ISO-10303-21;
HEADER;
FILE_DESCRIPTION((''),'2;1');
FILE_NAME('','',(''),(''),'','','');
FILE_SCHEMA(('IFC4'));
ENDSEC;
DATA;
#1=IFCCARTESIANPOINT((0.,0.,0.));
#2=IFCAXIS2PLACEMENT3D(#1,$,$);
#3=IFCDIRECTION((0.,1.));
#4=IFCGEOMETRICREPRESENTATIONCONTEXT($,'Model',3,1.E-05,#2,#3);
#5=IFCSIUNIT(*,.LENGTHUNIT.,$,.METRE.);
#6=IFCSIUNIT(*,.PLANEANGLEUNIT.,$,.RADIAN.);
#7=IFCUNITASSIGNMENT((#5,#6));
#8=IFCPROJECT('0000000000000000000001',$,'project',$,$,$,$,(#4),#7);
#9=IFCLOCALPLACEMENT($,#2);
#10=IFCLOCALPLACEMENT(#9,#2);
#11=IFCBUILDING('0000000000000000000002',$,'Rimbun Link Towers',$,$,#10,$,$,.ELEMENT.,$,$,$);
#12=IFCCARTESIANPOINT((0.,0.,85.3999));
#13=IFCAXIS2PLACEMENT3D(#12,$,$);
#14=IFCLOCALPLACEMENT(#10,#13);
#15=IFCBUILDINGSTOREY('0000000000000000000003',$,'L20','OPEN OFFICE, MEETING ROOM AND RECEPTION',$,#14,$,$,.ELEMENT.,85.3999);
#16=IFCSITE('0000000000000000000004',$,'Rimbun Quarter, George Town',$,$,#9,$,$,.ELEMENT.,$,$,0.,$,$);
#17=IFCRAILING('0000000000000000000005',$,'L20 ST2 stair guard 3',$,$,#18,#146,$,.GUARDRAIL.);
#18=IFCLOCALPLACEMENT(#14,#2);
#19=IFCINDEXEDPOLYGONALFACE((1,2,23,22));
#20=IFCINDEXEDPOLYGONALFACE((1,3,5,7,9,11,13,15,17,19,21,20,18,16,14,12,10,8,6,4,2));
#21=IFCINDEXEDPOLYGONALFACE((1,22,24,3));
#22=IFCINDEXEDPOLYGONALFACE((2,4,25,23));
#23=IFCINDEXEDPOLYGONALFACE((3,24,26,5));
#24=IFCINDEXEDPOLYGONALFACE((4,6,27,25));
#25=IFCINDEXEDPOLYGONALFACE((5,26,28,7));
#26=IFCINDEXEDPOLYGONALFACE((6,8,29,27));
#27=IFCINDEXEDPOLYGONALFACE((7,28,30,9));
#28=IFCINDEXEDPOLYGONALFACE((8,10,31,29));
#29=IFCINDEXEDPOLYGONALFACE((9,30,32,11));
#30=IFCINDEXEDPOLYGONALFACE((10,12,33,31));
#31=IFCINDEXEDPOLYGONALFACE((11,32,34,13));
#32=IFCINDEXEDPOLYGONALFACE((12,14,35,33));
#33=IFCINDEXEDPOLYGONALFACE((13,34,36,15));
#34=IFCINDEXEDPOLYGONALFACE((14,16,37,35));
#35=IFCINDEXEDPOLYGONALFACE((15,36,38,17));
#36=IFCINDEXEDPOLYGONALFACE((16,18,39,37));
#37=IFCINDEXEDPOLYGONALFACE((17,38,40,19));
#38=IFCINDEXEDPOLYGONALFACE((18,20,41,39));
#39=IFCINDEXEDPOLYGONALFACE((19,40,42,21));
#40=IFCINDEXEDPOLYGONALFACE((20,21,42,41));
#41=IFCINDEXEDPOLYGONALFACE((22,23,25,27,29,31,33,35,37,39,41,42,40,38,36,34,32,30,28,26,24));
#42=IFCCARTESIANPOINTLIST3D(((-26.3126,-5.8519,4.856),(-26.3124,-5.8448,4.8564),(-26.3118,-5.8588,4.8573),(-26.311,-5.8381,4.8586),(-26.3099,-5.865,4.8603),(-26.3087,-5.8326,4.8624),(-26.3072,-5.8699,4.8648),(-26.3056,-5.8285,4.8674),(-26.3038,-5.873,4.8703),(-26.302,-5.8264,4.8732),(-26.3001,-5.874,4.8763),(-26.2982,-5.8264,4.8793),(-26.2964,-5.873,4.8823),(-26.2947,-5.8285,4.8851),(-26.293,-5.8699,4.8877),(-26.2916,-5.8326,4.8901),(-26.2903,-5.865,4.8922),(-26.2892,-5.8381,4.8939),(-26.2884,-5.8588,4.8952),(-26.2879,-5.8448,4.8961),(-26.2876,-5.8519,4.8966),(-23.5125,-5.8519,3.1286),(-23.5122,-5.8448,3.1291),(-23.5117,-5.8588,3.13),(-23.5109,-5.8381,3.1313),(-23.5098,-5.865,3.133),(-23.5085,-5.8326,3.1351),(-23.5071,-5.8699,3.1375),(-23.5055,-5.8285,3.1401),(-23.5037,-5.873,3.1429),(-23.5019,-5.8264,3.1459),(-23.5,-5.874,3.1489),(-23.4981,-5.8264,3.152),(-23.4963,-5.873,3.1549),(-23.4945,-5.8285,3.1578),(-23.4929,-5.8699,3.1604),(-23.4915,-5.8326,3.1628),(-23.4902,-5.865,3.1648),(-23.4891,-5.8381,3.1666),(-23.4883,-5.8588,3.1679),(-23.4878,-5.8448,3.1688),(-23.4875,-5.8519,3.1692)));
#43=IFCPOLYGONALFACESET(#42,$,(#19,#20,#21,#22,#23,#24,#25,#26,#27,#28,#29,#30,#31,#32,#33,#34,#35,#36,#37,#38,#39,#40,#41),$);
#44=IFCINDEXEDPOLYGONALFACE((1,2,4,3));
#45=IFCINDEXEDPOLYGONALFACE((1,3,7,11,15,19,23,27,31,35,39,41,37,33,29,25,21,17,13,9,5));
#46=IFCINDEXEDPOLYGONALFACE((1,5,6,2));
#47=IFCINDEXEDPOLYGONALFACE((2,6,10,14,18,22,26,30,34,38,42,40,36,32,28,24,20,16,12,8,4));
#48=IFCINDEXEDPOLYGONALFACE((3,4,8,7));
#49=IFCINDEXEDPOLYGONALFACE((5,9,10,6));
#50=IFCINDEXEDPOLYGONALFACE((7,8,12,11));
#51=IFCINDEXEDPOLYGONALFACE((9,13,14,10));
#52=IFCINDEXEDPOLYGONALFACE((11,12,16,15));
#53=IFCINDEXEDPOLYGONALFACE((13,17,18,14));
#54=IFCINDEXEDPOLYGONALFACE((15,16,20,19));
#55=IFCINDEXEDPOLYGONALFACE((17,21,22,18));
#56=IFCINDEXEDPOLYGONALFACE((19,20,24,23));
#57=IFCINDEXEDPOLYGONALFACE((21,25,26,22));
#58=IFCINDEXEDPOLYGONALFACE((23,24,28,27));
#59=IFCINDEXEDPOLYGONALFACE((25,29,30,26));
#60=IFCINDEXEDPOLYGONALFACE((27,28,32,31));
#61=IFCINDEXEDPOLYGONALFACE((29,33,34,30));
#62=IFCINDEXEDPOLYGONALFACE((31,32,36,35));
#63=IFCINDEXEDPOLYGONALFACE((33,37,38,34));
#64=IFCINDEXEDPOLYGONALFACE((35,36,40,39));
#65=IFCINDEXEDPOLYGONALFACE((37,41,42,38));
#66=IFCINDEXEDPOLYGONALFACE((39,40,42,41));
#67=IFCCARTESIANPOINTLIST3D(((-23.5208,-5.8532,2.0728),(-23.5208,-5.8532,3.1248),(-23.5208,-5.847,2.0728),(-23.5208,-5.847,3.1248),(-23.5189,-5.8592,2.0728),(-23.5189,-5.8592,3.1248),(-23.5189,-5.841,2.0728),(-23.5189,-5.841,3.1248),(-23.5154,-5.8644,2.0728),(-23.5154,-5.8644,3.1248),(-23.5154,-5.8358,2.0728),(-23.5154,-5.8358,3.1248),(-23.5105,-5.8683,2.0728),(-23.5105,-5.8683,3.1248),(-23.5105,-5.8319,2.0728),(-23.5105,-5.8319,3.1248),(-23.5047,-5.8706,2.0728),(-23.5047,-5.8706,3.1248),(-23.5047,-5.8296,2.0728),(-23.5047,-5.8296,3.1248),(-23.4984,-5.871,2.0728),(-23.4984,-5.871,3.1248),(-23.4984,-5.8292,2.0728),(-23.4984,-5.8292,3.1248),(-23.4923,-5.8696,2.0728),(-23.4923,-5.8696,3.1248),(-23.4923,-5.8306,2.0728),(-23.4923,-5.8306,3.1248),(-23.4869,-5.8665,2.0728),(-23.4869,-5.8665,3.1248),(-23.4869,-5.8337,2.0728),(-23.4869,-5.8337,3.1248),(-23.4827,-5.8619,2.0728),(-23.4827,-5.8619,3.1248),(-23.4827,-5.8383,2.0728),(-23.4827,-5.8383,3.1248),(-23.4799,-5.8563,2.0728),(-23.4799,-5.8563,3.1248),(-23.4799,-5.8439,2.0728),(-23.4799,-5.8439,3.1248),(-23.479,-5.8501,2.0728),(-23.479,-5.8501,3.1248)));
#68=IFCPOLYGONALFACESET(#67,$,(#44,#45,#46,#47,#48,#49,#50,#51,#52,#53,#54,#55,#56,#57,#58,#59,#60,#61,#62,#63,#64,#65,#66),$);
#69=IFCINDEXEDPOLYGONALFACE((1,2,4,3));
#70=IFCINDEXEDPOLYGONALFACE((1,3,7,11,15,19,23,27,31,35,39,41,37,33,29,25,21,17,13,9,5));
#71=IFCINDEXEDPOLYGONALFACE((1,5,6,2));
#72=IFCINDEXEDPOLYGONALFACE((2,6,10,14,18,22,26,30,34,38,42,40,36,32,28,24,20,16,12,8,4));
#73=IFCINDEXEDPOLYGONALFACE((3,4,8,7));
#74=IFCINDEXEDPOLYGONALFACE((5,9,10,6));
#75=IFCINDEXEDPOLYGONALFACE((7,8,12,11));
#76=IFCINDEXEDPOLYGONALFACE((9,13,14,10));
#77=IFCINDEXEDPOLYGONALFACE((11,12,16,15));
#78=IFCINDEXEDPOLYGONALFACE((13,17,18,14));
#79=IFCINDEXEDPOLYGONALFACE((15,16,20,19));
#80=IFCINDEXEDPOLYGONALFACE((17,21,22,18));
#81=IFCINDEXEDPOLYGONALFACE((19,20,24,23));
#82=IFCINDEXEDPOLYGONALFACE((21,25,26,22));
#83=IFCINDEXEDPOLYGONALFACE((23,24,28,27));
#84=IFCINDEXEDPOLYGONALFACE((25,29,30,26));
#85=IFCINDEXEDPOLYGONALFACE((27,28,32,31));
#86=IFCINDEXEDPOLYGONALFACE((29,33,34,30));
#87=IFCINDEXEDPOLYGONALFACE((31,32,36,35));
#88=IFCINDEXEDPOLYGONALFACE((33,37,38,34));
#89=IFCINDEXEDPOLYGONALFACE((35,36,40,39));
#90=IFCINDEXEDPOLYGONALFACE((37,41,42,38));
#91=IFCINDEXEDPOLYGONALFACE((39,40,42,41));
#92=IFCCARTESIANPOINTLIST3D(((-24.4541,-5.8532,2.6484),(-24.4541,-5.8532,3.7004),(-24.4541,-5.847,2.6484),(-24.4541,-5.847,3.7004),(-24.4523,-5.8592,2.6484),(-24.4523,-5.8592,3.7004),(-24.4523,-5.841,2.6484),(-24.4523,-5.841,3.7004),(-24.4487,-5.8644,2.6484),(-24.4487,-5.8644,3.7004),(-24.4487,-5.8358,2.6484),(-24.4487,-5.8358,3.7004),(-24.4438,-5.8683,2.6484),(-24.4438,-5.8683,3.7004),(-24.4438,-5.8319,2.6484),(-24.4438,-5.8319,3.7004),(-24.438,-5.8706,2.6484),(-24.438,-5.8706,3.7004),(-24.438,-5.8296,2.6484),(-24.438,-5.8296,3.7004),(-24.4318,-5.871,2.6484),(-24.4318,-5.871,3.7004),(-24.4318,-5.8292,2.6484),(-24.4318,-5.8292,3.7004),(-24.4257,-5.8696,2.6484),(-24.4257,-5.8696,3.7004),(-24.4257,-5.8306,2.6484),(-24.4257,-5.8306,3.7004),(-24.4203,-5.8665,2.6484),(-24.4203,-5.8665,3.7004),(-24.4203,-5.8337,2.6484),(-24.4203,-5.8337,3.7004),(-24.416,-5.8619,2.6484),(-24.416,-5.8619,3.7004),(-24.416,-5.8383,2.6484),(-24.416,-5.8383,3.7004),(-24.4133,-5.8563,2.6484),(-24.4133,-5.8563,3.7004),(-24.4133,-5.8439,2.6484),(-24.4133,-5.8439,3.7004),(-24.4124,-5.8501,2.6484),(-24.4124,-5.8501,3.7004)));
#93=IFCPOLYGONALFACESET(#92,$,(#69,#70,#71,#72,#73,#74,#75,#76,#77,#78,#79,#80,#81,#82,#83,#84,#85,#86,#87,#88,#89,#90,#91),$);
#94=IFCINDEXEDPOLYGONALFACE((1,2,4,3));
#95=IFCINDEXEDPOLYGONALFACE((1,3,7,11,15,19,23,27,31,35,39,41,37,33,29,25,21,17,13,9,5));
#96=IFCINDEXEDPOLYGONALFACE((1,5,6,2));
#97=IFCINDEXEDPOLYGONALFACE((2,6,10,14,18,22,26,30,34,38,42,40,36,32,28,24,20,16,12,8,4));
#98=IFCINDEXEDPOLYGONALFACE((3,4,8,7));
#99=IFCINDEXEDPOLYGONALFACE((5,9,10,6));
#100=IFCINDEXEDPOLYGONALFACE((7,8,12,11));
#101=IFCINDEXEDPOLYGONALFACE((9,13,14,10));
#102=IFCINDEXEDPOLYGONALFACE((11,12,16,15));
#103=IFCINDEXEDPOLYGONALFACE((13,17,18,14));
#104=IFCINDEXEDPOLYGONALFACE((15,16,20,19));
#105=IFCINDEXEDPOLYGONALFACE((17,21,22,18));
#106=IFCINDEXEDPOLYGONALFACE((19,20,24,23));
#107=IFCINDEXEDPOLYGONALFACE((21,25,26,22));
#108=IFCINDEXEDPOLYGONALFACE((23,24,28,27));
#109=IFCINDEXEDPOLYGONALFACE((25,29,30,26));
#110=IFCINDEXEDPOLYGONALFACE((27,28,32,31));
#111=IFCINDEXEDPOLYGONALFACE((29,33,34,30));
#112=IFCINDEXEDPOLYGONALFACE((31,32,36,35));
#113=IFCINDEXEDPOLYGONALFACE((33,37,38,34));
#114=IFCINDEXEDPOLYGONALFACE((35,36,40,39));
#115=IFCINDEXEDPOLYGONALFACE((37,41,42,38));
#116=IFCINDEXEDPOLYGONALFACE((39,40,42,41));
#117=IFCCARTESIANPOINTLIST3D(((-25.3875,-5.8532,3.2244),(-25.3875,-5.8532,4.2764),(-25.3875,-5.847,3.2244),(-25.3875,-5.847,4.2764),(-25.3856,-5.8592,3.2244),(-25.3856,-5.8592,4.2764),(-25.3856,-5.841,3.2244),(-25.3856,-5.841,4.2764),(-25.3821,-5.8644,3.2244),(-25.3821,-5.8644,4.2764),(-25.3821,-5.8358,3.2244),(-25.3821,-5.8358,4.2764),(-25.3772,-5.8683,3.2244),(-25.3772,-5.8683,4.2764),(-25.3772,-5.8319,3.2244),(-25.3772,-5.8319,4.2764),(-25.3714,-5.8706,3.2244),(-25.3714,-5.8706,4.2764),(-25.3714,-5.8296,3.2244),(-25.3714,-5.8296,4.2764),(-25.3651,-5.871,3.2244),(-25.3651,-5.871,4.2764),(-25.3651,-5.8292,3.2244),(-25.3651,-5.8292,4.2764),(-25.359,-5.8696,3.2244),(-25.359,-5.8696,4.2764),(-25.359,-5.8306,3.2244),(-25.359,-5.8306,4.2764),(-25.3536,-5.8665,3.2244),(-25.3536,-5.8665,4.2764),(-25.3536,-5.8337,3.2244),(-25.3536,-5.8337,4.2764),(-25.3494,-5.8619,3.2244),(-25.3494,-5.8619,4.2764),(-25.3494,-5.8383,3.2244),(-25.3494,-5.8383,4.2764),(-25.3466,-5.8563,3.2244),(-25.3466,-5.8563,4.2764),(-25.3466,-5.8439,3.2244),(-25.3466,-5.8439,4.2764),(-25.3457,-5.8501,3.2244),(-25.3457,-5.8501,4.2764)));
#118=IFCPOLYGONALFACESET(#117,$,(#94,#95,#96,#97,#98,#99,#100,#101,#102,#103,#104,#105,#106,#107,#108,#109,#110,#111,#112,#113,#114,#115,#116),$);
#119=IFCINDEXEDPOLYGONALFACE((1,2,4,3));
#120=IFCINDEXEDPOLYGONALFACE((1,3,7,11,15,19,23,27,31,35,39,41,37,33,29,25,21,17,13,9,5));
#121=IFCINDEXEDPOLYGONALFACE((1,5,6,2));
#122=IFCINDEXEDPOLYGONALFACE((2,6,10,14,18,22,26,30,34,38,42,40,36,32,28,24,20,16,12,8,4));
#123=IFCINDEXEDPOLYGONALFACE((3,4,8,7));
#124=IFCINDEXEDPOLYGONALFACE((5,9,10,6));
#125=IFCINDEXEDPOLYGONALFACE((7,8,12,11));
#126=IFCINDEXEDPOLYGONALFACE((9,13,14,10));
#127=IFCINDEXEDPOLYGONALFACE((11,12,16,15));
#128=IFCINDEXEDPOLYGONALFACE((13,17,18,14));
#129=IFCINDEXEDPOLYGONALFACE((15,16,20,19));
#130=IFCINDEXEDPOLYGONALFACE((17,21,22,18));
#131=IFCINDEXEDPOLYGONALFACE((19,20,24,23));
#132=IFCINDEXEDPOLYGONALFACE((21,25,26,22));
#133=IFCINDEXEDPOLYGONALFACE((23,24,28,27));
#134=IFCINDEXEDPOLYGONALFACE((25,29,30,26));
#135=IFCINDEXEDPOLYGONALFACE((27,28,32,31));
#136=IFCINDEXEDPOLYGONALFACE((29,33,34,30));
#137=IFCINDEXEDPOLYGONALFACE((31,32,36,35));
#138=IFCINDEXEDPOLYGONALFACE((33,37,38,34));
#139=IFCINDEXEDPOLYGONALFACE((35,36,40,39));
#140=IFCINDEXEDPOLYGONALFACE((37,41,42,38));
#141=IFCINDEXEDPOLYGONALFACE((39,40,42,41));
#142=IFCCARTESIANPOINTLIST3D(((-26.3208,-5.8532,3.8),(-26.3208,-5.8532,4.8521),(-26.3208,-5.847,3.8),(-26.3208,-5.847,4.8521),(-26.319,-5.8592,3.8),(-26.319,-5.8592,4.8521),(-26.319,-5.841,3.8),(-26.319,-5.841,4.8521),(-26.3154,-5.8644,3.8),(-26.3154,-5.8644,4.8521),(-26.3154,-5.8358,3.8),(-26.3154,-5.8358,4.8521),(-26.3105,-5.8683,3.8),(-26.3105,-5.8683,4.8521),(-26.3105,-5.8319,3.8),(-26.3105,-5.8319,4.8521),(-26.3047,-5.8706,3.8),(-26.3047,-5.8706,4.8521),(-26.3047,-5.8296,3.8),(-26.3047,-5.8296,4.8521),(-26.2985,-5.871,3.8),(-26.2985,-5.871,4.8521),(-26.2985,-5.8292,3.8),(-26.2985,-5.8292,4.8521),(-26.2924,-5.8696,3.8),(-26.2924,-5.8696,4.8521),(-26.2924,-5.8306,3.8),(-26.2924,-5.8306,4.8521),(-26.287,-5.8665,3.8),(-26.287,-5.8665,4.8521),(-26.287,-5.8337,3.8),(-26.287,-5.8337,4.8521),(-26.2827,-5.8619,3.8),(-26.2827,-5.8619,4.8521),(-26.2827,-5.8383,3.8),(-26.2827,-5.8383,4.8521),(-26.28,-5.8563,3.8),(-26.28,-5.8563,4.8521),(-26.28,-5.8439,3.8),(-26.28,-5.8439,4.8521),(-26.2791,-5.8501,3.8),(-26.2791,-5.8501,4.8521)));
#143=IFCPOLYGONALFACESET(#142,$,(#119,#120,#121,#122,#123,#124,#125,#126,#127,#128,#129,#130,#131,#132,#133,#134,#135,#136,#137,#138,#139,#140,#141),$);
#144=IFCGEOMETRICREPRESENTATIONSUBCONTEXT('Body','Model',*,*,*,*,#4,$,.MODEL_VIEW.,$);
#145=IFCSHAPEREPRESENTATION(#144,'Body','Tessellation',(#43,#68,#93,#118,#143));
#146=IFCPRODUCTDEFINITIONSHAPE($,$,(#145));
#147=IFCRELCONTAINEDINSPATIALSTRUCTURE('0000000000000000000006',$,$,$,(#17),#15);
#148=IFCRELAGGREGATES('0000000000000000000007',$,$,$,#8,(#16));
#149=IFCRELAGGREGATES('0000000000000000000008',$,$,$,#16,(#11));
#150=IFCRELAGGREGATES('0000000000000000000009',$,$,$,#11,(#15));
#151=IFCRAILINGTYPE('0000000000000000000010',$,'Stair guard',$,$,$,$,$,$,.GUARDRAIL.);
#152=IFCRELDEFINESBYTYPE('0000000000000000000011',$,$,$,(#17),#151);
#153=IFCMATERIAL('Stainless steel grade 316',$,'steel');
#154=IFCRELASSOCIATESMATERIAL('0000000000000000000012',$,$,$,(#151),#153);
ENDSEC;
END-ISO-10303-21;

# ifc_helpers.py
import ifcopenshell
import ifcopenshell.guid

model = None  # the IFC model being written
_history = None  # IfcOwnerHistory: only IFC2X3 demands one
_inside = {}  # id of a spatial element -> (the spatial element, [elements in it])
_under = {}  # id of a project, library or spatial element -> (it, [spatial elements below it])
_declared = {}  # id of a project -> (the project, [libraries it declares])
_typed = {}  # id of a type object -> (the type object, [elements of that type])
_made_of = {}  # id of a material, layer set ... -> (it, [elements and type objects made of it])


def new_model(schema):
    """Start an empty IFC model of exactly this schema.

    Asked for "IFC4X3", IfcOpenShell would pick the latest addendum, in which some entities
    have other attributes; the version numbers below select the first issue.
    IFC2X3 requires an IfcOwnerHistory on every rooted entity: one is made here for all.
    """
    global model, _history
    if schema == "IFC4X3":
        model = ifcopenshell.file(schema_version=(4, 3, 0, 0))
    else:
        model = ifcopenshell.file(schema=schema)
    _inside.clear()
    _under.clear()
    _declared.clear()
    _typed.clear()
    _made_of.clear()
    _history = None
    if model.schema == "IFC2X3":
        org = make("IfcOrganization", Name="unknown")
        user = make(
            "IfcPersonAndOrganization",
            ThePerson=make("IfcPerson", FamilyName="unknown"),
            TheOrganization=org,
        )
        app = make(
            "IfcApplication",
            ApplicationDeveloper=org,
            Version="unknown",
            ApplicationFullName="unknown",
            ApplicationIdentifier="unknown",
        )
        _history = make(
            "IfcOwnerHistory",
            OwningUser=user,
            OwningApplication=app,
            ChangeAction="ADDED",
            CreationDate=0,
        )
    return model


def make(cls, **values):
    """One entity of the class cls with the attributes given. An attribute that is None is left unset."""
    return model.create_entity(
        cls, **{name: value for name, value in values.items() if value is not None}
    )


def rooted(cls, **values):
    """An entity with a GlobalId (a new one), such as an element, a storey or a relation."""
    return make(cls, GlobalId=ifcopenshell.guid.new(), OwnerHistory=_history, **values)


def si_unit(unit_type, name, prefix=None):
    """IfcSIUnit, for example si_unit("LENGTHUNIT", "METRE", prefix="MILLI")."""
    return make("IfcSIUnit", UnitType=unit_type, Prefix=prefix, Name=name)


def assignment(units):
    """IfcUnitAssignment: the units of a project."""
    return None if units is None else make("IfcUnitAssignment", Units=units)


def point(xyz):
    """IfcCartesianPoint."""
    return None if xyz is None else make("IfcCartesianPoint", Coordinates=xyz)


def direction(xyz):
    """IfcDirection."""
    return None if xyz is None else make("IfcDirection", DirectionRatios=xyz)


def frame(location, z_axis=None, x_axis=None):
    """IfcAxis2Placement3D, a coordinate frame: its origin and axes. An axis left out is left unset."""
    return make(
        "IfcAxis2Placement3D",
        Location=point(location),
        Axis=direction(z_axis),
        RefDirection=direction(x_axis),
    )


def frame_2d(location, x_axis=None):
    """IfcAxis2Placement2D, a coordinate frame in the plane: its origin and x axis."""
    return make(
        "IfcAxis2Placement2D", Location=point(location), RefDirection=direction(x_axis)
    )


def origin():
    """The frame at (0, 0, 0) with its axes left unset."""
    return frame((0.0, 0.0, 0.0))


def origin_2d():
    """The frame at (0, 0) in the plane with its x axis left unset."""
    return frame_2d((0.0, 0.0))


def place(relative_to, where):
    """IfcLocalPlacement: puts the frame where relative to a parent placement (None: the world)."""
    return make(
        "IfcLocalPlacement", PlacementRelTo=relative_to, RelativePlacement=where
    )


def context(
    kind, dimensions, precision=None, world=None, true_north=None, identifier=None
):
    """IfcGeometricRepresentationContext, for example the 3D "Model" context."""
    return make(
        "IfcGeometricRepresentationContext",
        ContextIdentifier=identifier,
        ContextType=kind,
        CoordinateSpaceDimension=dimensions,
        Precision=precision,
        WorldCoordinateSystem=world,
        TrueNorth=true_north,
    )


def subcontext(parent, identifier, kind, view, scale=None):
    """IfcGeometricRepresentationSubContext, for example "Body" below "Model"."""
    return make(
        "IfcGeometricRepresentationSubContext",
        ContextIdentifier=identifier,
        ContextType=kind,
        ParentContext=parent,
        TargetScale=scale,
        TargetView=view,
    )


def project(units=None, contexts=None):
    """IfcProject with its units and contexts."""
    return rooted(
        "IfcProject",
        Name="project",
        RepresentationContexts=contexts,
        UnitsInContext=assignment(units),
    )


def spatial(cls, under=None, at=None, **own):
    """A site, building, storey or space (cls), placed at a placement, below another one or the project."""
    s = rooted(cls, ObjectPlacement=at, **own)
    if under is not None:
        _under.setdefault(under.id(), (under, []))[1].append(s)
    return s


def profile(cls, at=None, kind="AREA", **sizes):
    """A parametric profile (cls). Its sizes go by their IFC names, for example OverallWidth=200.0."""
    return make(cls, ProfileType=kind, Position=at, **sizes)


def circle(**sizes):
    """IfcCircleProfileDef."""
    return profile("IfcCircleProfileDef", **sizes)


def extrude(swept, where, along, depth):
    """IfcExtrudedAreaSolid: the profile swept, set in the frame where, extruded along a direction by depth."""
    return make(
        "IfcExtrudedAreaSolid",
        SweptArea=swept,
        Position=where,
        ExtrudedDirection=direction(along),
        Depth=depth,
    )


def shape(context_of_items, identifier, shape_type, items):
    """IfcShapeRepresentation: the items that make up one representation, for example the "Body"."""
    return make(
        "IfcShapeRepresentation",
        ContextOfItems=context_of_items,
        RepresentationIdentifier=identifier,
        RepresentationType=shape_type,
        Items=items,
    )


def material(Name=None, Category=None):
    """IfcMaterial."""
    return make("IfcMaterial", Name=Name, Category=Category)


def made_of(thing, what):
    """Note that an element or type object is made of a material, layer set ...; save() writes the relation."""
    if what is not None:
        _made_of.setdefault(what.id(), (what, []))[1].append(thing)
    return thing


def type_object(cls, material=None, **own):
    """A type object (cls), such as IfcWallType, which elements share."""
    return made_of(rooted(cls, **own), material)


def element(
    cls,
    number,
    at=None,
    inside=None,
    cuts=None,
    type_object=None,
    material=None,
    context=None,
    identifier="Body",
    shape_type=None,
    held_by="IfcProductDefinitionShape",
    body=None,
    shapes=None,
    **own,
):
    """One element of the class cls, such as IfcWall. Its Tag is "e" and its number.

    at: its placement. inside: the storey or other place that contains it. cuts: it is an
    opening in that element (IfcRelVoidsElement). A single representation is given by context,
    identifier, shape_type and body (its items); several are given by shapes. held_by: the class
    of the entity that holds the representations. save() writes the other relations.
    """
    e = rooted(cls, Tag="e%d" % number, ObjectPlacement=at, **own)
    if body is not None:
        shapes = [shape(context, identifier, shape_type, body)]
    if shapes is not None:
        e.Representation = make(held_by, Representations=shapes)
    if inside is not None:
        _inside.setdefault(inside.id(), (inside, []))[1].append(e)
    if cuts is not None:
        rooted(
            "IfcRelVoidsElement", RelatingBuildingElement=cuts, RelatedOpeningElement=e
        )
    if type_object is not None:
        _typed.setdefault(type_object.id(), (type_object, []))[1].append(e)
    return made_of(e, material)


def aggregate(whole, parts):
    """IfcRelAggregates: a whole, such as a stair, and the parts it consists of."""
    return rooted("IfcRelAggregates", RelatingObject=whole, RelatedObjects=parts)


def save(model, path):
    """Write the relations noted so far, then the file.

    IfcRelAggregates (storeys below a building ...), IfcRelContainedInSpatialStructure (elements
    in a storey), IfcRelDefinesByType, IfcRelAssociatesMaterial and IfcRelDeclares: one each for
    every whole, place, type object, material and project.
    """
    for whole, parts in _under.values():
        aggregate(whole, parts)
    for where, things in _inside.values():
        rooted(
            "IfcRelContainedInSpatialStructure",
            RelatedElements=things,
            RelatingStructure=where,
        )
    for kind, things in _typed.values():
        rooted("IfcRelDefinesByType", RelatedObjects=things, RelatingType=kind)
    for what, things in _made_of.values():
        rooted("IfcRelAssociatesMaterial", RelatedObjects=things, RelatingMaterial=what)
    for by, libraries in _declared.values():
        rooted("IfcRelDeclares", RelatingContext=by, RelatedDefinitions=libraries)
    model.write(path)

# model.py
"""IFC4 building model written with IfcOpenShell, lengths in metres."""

from ifc_helpers import new_model, si_unit, direction, frame, origin, origin_2d, place, context, subcontext, project, spatial, circle, extrude, material, type_object, element, save


model = new_model("IFC4")

# Units and contexts
model_context = context("Model", 3, precision=1e-05, world=origin(), true_north=direction((0.0, 1.0)))
body_context = subcontext(model_context, "Body", "Model", "MODEL_VIEW")
ifc_project = project(units=[si_unit("LENGTHUNIT", "METRE"), si_unit("PLANEANGLEUNIT", "RADIAN")], contexts=[model_context])

# Site, building, storey
site_placement = place(None, origin())
site = spatial("IfcSite", under=ifc_project, at=site_placement, Name="Rimbun Quarter, George Town", CompositionType="ELEMENT", RefElevation=0.0)
building_placement = place(site_placement, origin())
building = spatial("IfcBuilding", under=site, at=building_placement, Name="Rimbun Link Towers", CompositionType="ELEMENT")
storey_placement = place(building_placement, frame((0.0, 0.0, 85.3999)))
storey = spatial("IfcBuildingStorey", under=building, at=storey_placement, Name="L20", Description="OPEN OFFICE, MEETING ROOM AND RECEPTION", CompositionType="ELEMENT", Elevation=85.3999)

# Railing
ifc_material_1 = material(Name="Stainless steel grade 316", Category="steel")
railing_type_1 = type_object("IfcRailingType", Name="Stair guard", PredefinedType="GUARDRAIL", material=ifc_material_1)
railing_1_placement = place(storey_placement, frame((-23.5, -5.8501, 2.0728)))
element("IfcRailing", 1, at=railing_1_placement, inside=storey, type_object=railing_type_1, Name="L20 ST2 stair guard 3", PredefinedType="GUARDRAIL", context=body_context, shape_type="SweptSolid", body=[
    extrude(circle(Radius=0.0239, at=origin_2d()), frame((0.0, 0.0, 1.0762), z_axis=(-0.85109, 0.0, 0.52502), x_axis=(0.0, -1.0, 0.0)), (0.0, 0.0, 1.0), 3.29),
    extrude(circle(Radius=0.021, at=origin_2d()), origin(), (0.0, 0.0, 1.0), 1.052),
    extrude(circle(Radius=0.021, at=origin_2d()), frame((-0.9333, 0.0, 0.5757)), (0.0, 0.0, 1.0), 1.052),
    extrude(circle(Radius=0.021, at=origin_2d()), frame((-1.8667, 0.0, 1.1516)), (0.0, 0.0, 1.0), 1.052),
    extrude(circle(Radius=0.021, at=origin_2d()), frame((-2.8, 0.0, 1.7273)), (0.0, 0.0, 1.0), 1.052),
])

save(model, "model.ifc")
